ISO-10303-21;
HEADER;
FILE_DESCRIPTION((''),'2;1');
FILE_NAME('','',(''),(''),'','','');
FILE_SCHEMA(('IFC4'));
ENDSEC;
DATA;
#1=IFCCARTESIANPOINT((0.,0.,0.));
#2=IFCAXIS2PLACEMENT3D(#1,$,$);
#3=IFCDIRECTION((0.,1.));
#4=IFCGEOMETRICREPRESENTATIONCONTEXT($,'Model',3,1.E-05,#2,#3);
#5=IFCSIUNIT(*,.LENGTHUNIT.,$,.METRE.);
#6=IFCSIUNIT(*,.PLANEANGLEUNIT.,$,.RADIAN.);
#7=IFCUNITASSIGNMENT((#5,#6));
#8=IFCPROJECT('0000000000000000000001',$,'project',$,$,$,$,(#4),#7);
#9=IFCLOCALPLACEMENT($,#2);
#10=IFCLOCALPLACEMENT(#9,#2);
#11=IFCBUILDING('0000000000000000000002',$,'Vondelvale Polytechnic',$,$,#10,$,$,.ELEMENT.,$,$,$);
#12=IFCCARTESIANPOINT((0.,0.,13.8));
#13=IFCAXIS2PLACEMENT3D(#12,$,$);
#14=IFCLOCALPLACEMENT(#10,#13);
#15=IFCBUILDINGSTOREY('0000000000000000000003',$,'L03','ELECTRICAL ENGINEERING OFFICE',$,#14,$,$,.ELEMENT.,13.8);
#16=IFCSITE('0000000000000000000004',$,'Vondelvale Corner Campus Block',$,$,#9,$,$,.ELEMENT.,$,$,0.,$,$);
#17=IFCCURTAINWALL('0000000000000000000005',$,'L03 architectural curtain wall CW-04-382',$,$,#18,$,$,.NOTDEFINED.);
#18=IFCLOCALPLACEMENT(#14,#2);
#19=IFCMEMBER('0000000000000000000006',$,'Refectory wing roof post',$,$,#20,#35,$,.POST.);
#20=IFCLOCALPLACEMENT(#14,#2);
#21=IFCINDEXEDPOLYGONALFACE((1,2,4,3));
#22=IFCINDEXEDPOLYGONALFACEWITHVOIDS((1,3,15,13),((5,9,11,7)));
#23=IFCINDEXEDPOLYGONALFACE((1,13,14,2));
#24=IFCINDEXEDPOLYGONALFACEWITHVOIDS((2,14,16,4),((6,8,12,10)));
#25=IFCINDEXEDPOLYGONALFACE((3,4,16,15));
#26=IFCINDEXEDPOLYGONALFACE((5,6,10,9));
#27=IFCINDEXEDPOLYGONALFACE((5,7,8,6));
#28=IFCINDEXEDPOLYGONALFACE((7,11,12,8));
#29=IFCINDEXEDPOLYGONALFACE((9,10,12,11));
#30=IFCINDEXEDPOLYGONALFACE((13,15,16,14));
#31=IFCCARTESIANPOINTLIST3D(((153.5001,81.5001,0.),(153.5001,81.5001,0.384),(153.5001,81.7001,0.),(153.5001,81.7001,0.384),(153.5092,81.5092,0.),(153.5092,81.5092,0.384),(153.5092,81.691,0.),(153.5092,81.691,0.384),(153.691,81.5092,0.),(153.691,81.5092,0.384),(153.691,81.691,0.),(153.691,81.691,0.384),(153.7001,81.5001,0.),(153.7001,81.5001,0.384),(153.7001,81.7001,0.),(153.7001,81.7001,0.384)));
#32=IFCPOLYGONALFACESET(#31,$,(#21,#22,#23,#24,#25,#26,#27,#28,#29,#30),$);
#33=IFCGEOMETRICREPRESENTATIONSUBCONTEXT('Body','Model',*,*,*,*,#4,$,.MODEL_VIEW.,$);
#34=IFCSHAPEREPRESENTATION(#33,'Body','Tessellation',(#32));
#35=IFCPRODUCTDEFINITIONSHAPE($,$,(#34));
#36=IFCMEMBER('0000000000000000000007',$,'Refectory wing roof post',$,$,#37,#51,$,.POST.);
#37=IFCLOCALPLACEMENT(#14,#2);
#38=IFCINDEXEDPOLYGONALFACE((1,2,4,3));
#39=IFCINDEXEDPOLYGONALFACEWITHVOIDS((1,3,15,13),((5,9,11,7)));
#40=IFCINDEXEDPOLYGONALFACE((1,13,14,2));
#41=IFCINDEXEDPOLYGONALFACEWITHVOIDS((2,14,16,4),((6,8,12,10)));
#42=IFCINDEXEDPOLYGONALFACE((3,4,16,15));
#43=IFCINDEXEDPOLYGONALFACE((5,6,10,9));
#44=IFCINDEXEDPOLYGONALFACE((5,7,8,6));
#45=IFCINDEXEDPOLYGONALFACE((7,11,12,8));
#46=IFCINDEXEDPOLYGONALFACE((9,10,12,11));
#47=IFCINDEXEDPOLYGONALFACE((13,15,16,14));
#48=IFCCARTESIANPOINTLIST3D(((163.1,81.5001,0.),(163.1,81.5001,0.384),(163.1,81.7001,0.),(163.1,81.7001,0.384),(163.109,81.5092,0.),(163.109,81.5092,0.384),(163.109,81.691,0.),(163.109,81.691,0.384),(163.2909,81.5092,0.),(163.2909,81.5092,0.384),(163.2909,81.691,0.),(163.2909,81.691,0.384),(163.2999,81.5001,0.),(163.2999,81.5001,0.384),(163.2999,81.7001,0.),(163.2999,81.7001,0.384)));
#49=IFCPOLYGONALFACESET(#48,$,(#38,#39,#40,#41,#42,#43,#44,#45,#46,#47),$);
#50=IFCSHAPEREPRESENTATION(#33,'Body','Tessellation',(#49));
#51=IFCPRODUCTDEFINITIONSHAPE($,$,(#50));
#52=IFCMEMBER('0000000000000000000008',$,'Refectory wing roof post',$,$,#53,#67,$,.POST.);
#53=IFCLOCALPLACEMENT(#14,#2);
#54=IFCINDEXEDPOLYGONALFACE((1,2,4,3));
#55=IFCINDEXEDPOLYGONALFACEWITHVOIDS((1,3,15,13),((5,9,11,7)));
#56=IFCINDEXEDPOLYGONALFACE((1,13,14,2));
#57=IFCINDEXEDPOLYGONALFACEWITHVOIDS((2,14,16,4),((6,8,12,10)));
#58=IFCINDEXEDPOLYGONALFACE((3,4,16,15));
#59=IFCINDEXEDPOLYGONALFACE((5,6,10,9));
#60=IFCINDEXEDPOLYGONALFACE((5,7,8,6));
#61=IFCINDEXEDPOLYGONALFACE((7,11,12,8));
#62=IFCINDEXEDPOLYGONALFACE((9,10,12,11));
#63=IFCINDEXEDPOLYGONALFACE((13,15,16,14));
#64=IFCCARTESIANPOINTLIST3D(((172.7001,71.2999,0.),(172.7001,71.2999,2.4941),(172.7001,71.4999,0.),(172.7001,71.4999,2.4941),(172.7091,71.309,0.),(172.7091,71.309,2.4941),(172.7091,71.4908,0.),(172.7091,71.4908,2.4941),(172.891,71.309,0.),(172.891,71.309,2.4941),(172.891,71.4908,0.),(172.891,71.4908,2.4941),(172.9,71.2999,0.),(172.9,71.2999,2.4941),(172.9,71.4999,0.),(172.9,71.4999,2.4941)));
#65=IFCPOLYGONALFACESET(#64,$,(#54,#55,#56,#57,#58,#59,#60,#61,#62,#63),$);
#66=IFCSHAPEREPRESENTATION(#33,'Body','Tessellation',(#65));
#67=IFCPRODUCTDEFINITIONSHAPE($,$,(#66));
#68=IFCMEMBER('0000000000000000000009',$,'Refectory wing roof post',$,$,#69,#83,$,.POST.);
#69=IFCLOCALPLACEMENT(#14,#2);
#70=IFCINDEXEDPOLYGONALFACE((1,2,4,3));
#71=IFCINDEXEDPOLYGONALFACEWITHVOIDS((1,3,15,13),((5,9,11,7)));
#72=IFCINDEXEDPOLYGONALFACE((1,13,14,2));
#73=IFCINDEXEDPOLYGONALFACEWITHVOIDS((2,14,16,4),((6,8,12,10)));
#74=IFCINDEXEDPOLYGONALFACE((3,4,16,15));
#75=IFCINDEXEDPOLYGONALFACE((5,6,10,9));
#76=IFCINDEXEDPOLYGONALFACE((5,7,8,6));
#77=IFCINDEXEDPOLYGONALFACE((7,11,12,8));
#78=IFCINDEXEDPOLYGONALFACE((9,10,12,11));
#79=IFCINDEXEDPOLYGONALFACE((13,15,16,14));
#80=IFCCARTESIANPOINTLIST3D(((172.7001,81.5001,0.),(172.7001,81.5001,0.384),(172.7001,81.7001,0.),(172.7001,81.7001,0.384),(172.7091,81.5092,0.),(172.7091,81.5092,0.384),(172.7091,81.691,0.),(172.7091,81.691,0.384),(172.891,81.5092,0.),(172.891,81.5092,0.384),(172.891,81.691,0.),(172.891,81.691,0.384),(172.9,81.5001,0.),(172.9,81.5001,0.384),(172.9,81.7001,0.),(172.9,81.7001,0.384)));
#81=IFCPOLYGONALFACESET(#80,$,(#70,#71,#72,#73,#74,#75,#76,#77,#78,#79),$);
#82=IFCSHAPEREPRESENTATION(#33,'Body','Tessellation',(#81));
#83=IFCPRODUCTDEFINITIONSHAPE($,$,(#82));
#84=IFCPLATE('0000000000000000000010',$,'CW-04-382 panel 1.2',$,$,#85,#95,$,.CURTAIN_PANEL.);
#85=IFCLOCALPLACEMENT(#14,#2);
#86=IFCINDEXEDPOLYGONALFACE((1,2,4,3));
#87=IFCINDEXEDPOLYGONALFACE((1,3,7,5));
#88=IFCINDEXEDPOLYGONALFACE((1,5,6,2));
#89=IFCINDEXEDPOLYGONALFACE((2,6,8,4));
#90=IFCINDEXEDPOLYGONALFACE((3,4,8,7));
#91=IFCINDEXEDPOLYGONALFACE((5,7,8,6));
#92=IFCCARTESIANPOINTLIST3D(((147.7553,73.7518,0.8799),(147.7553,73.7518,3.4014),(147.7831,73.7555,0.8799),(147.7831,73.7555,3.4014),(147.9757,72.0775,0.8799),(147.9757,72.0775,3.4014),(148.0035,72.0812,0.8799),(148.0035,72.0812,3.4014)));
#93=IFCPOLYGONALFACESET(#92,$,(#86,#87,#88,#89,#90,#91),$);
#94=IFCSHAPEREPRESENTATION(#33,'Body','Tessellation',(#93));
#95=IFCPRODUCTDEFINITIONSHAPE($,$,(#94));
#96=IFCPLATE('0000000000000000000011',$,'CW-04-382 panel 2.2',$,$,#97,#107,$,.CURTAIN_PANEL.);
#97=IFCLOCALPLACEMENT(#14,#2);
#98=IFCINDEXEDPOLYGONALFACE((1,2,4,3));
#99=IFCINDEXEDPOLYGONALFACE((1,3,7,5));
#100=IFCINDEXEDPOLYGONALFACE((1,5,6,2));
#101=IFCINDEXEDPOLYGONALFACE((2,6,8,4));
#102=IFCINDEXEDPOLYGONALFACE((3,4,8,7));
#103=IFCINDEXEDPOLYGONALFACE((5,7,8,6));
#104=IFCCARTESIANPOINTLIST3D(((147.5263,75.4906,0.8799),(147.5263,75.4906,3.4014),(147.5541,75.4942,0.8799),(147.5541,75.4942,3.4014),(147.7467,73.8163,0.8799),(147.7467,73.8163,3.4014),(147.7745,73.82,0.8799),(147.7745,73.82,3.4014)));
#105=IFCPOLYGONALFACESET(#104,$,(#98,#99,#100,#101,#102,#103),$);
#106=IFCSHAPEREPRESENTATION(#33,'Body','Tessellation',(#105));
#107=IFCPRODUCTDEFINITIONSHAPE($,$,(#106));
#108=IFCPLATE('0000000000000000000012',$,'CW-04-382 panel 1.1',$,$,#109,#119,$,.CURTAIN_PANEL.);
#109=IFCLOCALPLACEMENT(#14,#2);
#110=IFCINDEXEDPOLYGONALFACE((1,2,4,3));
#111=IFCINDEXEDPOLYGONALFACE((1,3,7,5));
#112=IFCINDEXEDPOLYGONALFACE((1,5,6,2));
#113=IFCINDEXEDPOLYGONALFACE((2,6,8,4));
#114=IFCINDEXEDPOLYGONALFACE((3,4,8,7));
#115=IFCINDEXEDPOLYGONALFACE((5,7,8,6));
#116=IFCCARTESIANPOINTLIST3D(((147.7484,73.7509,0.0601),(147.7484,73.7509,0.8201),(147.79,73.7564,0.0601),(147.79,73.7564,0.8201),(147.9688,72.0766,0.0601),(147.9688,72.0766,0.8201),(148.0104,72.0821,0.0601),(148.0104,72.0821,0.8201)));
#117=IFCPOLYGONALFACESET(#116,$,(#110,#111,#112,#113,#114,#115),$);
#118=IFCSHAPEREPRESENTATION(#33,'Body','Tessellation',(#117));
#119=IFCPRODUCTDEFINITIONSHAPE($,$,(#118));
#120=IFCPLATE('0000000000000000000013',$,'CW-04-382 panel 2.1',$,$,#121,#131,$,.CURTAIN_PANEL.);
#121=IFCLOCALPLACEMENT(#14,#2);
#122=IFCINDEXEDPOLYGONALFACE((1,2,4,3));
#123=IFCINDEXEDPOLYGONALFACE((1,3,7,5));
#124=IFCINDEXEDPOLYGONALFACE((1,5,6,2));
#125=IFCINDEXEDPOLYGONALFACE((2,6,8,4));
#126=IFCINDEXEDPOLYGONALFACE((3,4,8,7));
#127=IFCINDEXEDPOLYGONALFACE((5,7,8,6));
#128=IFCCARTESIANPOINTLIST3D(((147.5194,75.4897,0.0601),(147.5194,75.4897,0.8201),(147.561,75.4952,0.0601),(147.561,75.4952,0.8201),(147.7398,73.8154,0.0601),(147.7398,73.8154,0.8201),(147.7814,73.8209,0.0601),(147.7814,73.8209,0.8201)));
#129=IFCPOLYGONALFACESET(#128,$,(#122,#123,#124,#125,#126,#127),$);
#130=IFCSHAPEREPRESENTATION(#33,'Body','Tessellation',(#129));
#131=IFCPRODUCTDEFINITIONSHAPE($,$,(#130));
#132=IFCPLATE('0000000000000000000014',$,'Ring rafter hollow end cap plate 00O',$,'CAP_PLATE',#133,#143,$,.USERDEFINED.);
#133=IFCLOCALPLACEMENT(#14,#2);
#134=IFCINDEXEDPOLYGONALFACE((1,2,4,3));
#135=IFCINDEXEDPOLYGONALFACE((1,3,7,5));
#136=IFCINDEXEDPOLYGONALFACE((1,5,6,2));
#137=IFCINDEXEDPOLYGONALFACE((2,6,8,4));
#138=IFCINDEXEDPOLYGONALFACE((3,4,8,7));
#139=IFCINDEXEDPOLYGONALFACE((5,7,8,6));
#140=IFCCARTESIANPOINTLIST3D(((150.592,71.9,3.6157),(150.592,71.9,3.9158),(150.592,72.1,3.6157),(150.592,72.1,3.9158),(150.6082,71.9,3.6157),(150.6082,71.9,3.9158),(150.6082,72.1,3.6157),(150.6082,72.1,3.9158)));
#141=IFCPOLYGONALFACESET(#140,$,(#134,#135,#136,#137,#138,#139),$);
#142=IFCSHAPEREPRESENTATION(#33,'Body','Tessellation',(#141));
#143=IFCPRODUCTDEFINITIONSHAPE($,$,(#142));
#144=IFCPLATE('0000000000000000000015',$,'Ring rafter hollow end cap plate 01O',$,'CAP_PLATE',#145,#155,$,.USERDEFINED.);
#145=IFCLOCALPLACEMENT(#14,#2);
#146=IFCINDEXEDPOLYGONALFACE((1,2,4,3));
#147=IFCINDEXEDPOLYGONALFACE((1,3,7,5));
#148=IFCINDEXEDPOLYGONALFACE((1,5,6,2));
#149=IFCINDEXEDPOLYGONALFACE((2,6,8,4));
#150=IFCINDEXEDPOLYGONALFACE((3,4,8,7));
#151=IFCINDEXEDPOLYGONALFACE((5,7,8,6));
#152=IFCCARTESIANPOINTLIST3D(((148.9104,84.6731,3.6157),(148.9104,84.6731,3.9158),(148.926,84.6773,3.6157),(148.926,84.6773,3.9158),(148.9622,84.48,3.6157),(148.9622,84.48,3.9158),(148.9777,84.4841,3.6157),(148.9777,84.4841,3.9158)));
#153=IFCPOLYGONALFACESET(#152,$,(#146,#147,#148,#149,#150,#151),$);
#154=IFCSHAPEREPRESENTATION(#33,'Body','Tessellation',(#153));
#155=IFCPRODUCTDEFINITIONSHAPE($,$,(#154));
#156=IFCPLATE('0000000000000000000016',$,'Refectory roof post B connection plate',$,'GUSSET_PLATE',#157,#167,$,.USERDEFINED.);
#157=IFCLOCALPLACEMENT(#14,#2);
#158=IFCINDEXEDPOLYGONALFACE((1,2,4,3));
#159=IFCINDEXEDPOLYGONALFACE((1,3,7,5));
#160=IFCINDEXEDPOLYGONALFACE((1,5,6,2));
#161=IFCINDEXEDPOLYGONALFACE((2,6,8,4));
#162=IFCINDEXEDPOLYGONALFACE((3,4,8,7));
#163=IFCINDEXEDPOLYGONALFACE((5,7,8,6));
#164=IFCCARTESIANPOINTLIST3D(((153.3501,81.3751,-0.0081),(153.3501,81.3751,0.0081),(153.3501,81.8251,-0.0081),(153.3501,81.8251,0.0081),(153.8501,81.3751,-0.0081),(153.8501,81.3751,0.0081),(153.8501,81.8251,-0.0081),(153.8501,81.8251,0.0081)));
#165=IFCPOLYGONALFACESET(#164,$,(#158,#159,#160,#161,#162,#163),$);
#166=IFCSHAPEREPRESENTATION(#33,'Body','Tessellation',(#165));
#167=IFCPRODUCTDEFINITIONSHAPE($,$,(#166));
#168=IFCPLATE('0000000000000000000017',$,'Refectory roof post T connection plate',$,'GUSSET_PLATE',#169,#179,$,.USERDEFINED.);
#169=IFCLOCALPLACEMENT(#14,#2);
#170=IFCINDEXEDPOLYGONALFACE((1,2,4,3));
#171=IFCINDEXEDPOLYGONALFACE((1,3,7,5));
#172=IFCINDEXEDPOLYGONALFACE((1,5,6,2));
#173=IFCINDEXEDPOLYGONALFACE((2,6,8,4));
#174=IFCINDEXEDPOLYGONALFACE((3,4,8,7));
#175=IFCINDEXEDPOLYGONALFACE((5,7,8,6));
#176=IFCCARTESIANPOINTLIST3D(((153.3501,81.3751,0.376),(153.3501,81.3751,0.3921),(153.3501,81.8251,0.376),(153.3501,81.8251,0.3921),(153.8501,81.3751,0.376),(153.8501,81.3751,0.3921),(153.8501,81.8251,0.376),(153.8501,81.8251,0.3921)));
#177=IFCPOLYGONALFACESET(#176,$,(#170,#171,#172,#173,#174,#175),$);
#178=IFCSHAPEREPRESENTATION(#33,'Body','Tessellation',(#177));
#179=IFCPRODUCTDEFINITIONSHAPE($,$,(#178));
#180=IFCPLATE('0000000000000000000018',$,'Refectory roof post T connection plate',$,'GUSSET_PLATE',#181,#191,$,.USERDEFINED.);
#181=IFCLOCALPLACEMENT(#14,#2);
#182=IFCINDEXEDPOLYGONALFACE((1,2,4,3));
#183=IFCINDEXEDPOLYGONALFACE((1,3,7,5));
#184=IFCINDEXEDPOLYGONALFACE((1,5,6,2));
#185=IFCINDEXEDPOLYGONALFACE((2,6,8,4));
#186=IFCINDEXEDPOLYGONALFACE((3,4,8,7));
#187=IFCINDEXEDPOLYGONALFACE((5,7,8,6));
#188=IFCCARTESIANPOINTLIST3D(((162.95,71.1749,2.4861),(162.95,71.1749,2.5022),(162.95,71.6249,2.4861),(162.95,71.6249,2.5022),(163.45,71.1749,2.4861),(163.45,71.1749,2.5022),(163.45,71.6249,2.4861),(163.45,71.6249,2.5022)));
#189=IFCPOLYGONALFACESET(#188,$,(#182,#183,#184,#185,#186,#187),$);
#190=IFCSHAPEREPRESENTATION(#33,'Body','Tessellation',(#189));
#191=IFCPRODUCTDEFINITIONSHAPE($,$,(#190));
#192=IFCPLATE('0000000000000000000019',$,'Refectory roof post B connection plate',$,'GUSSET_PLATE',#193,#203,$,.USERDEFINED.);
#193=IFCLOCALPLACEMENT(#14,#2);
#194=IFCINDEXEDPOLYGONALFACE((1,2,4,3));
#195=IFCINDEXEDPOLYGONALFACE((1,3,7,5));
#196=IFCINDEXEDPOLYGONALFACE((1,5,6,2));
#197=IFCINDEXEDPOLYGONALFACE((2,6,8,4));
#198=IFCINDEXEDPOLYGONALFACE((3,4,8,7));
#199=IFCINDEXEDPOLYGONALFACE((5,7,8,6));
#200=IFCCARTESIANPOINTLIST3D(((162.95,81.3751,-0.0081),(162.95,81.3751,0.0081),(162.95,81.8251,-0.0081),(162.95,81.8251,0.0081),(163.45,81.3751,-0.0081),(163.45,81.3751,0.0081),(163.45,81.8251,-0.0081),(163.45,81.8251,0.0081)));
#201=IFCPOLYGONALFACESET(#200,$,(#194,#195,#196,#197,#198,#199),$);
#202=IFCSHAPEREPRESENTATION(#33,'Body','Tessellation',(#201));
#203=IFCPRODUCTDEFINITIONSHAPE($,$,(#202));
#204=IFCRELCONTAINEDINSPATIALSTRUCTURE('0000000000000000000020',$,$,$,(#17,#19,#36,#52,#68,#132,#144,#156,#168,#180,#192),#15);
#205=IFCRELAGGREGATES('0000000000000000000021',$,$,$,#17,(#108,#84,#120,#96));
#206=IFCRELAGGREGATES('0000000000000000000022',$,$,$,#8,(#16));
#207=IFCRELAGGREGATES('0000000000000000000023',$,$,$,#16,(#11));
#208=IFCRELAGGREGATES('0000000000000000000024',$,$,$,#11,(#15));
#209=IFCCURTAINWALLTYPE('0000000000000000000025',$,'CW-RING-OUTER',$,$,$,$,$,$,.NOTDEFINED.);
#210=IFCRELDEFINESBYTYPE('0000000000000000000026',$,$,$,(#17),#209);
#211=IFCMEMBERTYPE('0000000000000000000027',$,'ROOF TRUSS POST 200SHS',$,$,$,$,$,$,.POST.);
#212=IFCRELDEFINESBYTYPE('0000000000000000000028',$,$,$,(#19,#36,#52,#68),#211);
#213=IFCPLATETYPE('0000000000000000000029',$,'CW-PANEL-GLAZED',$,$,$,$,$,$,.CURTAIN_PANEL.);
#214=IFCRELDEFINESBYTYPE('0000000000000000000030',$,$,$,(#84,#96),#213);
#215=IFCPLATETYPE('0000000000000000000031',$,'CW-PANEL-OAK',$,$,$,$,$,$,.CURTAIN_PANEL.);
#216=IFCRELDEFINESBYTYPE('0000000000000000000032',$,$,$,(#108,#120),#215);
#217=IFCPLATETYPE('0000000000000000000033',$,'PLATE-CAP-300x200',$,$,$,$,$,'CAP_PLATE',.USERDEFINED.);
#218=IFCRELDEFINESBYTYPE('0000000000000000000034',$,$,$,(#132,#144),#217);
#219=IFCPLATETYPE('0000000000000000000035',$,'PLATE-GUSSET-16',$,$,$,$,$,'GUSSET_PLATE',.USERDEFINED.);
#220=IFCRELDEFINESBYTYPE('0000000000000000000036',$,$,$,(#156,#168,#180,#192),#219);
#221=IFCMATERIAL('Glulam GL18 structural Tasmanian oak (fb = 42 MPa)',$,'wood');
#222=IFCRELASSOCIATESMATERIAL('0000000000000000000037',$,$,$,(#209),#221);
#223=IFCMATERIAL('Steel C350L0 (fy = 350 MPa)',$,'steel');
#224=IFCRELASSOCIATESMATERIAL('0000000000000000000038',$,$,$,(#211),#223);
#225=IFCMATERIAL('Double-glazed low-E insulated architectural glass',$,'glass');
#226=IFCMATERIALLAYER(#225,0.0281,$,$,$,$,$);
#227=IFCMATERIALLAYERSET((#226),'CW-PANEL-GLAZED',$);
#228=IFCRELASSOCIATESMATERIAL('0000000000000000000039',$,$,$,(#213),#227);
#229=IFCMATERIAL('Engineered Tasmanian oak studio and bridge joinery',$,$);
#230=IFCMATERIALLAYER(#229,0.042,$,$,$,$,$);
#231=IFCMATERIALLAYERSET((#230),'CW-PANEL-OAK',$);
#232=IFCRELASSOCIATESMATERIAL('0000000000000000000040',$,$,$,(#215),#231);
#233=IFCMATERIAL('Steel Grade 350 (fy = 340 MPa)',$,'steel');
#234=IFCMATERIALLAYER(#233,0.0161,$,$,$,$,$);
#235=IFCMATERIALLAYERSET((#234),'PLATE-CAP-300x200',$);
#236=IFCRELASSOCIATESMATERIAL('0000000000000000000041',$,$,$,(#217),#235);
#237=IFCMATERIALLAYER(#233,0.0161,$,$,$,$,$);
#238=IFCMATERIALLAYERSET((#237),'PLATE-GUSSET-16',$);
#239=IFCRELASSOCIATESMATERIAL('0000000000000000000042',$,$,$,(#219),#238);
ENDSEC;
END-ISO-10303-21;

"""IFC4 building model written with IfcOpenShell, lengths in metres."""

from ifc_helpers import new_model, si_unit, direction, frame, origin, origin_2d, place, context, subcontext, project, spatial, rectangle, hollow_rectangle, extrude, material, layer, layer_set, material_profile, profile_set, type_object, element, aggregate, save


model = new_model("IFC4")

# Units and contexts
model_context = context("Model", 3, precision=1e-05, world=origin(), true_north=direction((0.0, 1.0)))
body_context = subcontext(model_context, "Body", "Model", "MODEL_VIEW")
ifc_project = project(units=[si_unit("LENGTHUNIT", "METRE"), si_unit("PLANEANGLEUNIT", "RADIAN")], contexts=[model_context])

# Site, building, storey
site_placement = place(None, origin())
site = spatial("IfcSite", under=ifc_project, at=site_placement, Name="Vondelvale Corner Campus Block", CompositionType="ELEMENT", RefElevation=0.0)
building_placement = place(site_placement, origin())
building = spatial("IfcBuilding", under=site, at=building_placement, Name="Vondelvale Polytechnic", CompositionType="ELEMENT")
storey_placement = place(building_placement, frame((0.0, 0.0, 13.8)))
storey = spatial("IfcBuildingStorey", under=building, at=storey_placement, Name="L03", Description="ELECTRICAL ENGINEERING OFFICE", CompositionType="ELEMENT", Elevation=13.8)

# Curtain wall
ifc_material_1 = material(Name="Glulam GL18 structural Tasmanian oak (fb = 42 MPa)", Category="wood")
curtain_wall_type = type_object("IfcCurtainWallType", Name="CW-RING-OUTER", PredefinedType="NOTDEFINED", material=ifc_material_1)
curtain_wall_1_placement = place(storey_placement, origin())
curtain_wall_1 = element("IfcCurtainWall", 1, at=curtain_wall_1_placement, inside=storey, type_object=curtain_wall_type, Name="L03 architectural curtain wall CW-04-382", PredefinedType="NOTDEFINED")

# Members
ifc_material_2 = material(Name="Steel C350L0 (fy = 350 MPa)", Category="steel")
ifc_material_profile_1 = material_profile(ifc_material_2, hollow_rectangle(XDim=0.2, YDim=0.2, WallThickness=0.009, at=origin_2d()), Name="200x200x9.0SHS")
ifc_profile_set_1 = profile_set([ifc_material_profile_1], Name="Steel C350L0 (fy = 350 MPa)")
member_type_1 = type_object("IfcMemberType", Name="ROOF TRUSS POST 200SHS", PredefinedType="POST", material=ifc_profile_set_1)
for number, where, z_axis, x_axis, name in (
    (2, (153.6001, 81.6001, 0.0), (0.0, 0.0, 1.0), (1.0, 0.0, 0.0), "Refectory wing roof post"),
    (3, (163.2, 81.6001, 0.0), (0.0, 0.0, 1.0), (1.0, 0.0, 0.0), "Refectory wing roof post"),
):
    element("IfcMember", number, at=place(storey_placement, frame(where, z_axis=z_axis, x_axis=x_axis)), inside=storey, type_object=member_type_1, Name=name, PredefinedType="POST", context=body_context, shape_type="SweptSolid", body=[
        extrude(hollow_rectangle(XDim=0.2, YDim=0.2, WallThickness=0.009, at=origin_2d()), origin(), (0.0, 0.0, 1.0), 0.384),
    ])
member_1_placement = place(storey_placement, frame((172.8, 71.3999, 0.0), z_axis=(0.0, 0.0, 1.0), x_axis=(1.0, 0.0, 0.0)))
element("IfcMember", 4, at=member_1_placement, inside=storey, type_object=member_type_1, Name="Refectory wing roof post", PredefinedType="POST", context=body_context, shape_type="SweptSolid", body=[
    extrude(hollow_rectangle(XDim=0.2, YDim=0.2, WallThickness=0.009, at=origin_2d()), origin(), (0.0, 0.0, 1.0), 2.4941),
])
member_2_placement = place(storey_placement, frame((172.8, 81.6001, 0.0), z_axis=(0.0, 0.0, 1.0), x_axis=(1.0, 0.0, 0.0)))
element("IfcMember", 5, at=member_2_placement, inside=storey, type_object=member_type_1, Name="Refectory wing roof post", PredefinedType="POST", context=body_context, shape_type="SweptSolid", body=[
    extrude(hollow_rectangle(XDim=0.2, YDim=0.2, WallThickness=0.009, at=origin_2d()), origin(), (0.0, 0.0, 1.0), 0.384),
])

# Plates
ifc_material_3 = material(Name="Double-glazed low-E insulated architectural glass", Category="glass")
ifc_layer_1 = layer(ifc_material_3, 0.0281)
ifc_layer_set_1 = layer_set([ifc_layer_1], Name="CW-PANEL-GLAZED")
plate_type_1 = type_object("IfcPlateType", Name="CW-PANEL-GLAZED", PredefinedType="CURTAIN_PANEL", material=ifc_layer_set_1)
plate_1_placement = place(storey_placement, frame((147.8794, 72.9165, 0.8799), z_axis=(0.0, 0.0, 1.0), x_axis=(-0.130519, 0.991446, 0.0)))
plate_1 = element("IfcPlate", 6, at=plate_1_placement, type_object=plate_type_1, Name="CW-04-382 panel 1.2", PredefinedType="CURTAIN_PANEL", context=body_context, shape_type="SweptSolid", body=[
    extrude(rectangle(XDim=1.6887, YDim=0.0281, at=origin_2d()), origin(), (0.0, 0.0, 1.0), 2.5215),
])
plate_2_placement = place(storey_placement, frame((147.6504, 74.6553, 0.8799), z_axis=(0.0, 0.0, 1.0), x_axis=(-0.130519, 0.991446, 0.0)))
plate_2 = element("IfcPlate", 7, at=plate_2_placement, type_object=plate_type_1, Name="CW-04-382 panel 2.2", PredefinedType="CURTAIN_PANEL", context=body_context, shape_type="SweptSolid", body=[
    extrude(rectangle(XDim=1.6887, YDim=0.0281, at=origin_2d()), origin(), (0.0, 0.0, 1.0), 2.5215),
])
ifc_material_4 = material(Name="Engineered Tasmanian oak studio and bridge joinery")
ifc_layer_2 = layer(ifc_material_4, 0.042)
ifc_layer_set_2 = layer_set([ifc_layer_2], Name="CW-PANEL-OAK")
plate_type_2 = type_object("IfcPlateType", Name="CW-PANEL-OAK", PredefinedType="CURTAIN_PANEL", material=ifc_layer_set_2)
plate_3_placement = place(storey_placement, frame((147.8794, 72.9165, 0.0601), z_axis=(0.0, 0.0, 1.0), x_axis=(-0.130519, 0.991446, 0.0)))
plate_3 = element("IfcPlate", 8, at=plate_3_placement, type_object=plate_type_2, Name="CW-04-382 panel 1.1", PredefinedType="CURTAIN_PANEL", context=body_context, shape_type="SweptSolid", body=[
    extrude(rectangle(XDim=1.6887, YDim=0.042, at=origin_2d()), origin(), (0.0, 0.0, 1.0), 0.76),
])
plate_4_placement = place(storey_placement, frame((147.6504, 74.6553, 0.0601), z_axis=(0.0, 0.0, 1.0), x_axis=(-0.130519, 0.991446, 0.0)))
plate_4 = element("IfcPlate", 9, at=plate_4_placement, type_object=plate_type_2, Name="CW-04-382 panel 2.1", PredefinedType="CURTAIN_PANEL", context=body_context, shape_type="SweptSolid", body=[
    extrude(rectangle(XDim=1.6887, YDim=0.042, at=origin_2d()), origin(), (0.0, 0.0, 1.0), 0.76),
])
aggregate(curtain_wall_1, [plate_3, plate_1, plate_4, plate_2])

# Plates
ifc_material_5 = material(Name="Steel Grade 350 (fy = 340 MPa)", Category="steel")
ifc_layer_3 = layer(ifc_material_5, 0.0161)
ifc_layer_set_3 = layer_set([ifc_layer_3], Name="PLATE-CAP-300x200")
plate_type_3 = type_object("IfcPlateType", Name="PLATE-CAP-300x200", ElementType="CAP_PLATE", PredefinedType="USERDEFINED", material=ifc_layer_set_3)
for number, where, z_axis, x_axis, name in (
    (10, (150.6001, 72.0, 3.6157), (0.0, 0.0, 1.0), (-1.0, 0.0, 0.0), "Ring rafter hollow end cap plate 00O"),
    (11, (148.9441, 84.5786, 3.6157), (0.0, 0.0, 1.0), (-0.965926, -0.258819, 0.0), "Ring rafter hollow end cap plate 01O"),
):
    element("IfcPlate", number, at=place(storey_placement, frame(where, z_axis=z_axis, x_axis=x_axis)), inside=storey, type_object=plate_type_3, Name=name, ObjectType="CAP_PLATE", PredefinedType="USERDEFINED", context=body_context, shape_type="SweptSolid", body=[
        extrude(rectangle(XDim=0.0161, YDim=0.2, at=origin_2d()), origin(), (0.0, 0.0, 1.0), 0.3),
    ])
ifc_layer_4 = layer(ifc_material_5, 0.0161)
ifc_layer_set_4 = layer_set([ifc_layer_4], Name="PLATE-GUSSET-16")
plate_type_4 = type_object("IfcPlateType", Name="PLATE-GUSSET-16", ElementType="GUSSET_PLATE", PredefinedType="USERDEFINED", material=ifc_layer_set_4)
for number, where, z_axis, x_axis, name in (
    (12, (153.6001, 81.6001, -0.0081), (0.0, 0.0, 1.0), (1.0, 0.0, 0.0), "Refectory roof post B connection plate"),
    (13, (153.6001, 81.6001, 0.376), (0.0, 0.0, 1.0), (1.0, 0.0, 0.0), "Refectory roof post T connection plate"),
    (14, (163.2, 71.3999, 2.4861), (0.0, 0.0, 1.0), (1.0, 0.0, 0.0), "Refectory roof post T connection plate"),
    (15, (163.2, 81.6001, -0.0081), (0.0, 0.0, 1.0), (1.0, 0.0, 0.0), "Refectory roof post B connection plate"),
):
    element("IfcPlate", number, at=place(storey_placement, frame(where, z_axis=z_axis, x_axis=x_axis)), inside=storey, type_object=plate_type_4, Name=name, ObjectType="GUSSET_PLATE", PredefinedType="USERDEFINED", context=body_context, shape_type="SweptSolid", body=[
        extrude(rectangle(XDim=0.5, YDim=0.45, at=origin_2d()), origin(), (0.0, 0.0, 1.0), 0.0161),
    ])

save(model, "model.ifc")
